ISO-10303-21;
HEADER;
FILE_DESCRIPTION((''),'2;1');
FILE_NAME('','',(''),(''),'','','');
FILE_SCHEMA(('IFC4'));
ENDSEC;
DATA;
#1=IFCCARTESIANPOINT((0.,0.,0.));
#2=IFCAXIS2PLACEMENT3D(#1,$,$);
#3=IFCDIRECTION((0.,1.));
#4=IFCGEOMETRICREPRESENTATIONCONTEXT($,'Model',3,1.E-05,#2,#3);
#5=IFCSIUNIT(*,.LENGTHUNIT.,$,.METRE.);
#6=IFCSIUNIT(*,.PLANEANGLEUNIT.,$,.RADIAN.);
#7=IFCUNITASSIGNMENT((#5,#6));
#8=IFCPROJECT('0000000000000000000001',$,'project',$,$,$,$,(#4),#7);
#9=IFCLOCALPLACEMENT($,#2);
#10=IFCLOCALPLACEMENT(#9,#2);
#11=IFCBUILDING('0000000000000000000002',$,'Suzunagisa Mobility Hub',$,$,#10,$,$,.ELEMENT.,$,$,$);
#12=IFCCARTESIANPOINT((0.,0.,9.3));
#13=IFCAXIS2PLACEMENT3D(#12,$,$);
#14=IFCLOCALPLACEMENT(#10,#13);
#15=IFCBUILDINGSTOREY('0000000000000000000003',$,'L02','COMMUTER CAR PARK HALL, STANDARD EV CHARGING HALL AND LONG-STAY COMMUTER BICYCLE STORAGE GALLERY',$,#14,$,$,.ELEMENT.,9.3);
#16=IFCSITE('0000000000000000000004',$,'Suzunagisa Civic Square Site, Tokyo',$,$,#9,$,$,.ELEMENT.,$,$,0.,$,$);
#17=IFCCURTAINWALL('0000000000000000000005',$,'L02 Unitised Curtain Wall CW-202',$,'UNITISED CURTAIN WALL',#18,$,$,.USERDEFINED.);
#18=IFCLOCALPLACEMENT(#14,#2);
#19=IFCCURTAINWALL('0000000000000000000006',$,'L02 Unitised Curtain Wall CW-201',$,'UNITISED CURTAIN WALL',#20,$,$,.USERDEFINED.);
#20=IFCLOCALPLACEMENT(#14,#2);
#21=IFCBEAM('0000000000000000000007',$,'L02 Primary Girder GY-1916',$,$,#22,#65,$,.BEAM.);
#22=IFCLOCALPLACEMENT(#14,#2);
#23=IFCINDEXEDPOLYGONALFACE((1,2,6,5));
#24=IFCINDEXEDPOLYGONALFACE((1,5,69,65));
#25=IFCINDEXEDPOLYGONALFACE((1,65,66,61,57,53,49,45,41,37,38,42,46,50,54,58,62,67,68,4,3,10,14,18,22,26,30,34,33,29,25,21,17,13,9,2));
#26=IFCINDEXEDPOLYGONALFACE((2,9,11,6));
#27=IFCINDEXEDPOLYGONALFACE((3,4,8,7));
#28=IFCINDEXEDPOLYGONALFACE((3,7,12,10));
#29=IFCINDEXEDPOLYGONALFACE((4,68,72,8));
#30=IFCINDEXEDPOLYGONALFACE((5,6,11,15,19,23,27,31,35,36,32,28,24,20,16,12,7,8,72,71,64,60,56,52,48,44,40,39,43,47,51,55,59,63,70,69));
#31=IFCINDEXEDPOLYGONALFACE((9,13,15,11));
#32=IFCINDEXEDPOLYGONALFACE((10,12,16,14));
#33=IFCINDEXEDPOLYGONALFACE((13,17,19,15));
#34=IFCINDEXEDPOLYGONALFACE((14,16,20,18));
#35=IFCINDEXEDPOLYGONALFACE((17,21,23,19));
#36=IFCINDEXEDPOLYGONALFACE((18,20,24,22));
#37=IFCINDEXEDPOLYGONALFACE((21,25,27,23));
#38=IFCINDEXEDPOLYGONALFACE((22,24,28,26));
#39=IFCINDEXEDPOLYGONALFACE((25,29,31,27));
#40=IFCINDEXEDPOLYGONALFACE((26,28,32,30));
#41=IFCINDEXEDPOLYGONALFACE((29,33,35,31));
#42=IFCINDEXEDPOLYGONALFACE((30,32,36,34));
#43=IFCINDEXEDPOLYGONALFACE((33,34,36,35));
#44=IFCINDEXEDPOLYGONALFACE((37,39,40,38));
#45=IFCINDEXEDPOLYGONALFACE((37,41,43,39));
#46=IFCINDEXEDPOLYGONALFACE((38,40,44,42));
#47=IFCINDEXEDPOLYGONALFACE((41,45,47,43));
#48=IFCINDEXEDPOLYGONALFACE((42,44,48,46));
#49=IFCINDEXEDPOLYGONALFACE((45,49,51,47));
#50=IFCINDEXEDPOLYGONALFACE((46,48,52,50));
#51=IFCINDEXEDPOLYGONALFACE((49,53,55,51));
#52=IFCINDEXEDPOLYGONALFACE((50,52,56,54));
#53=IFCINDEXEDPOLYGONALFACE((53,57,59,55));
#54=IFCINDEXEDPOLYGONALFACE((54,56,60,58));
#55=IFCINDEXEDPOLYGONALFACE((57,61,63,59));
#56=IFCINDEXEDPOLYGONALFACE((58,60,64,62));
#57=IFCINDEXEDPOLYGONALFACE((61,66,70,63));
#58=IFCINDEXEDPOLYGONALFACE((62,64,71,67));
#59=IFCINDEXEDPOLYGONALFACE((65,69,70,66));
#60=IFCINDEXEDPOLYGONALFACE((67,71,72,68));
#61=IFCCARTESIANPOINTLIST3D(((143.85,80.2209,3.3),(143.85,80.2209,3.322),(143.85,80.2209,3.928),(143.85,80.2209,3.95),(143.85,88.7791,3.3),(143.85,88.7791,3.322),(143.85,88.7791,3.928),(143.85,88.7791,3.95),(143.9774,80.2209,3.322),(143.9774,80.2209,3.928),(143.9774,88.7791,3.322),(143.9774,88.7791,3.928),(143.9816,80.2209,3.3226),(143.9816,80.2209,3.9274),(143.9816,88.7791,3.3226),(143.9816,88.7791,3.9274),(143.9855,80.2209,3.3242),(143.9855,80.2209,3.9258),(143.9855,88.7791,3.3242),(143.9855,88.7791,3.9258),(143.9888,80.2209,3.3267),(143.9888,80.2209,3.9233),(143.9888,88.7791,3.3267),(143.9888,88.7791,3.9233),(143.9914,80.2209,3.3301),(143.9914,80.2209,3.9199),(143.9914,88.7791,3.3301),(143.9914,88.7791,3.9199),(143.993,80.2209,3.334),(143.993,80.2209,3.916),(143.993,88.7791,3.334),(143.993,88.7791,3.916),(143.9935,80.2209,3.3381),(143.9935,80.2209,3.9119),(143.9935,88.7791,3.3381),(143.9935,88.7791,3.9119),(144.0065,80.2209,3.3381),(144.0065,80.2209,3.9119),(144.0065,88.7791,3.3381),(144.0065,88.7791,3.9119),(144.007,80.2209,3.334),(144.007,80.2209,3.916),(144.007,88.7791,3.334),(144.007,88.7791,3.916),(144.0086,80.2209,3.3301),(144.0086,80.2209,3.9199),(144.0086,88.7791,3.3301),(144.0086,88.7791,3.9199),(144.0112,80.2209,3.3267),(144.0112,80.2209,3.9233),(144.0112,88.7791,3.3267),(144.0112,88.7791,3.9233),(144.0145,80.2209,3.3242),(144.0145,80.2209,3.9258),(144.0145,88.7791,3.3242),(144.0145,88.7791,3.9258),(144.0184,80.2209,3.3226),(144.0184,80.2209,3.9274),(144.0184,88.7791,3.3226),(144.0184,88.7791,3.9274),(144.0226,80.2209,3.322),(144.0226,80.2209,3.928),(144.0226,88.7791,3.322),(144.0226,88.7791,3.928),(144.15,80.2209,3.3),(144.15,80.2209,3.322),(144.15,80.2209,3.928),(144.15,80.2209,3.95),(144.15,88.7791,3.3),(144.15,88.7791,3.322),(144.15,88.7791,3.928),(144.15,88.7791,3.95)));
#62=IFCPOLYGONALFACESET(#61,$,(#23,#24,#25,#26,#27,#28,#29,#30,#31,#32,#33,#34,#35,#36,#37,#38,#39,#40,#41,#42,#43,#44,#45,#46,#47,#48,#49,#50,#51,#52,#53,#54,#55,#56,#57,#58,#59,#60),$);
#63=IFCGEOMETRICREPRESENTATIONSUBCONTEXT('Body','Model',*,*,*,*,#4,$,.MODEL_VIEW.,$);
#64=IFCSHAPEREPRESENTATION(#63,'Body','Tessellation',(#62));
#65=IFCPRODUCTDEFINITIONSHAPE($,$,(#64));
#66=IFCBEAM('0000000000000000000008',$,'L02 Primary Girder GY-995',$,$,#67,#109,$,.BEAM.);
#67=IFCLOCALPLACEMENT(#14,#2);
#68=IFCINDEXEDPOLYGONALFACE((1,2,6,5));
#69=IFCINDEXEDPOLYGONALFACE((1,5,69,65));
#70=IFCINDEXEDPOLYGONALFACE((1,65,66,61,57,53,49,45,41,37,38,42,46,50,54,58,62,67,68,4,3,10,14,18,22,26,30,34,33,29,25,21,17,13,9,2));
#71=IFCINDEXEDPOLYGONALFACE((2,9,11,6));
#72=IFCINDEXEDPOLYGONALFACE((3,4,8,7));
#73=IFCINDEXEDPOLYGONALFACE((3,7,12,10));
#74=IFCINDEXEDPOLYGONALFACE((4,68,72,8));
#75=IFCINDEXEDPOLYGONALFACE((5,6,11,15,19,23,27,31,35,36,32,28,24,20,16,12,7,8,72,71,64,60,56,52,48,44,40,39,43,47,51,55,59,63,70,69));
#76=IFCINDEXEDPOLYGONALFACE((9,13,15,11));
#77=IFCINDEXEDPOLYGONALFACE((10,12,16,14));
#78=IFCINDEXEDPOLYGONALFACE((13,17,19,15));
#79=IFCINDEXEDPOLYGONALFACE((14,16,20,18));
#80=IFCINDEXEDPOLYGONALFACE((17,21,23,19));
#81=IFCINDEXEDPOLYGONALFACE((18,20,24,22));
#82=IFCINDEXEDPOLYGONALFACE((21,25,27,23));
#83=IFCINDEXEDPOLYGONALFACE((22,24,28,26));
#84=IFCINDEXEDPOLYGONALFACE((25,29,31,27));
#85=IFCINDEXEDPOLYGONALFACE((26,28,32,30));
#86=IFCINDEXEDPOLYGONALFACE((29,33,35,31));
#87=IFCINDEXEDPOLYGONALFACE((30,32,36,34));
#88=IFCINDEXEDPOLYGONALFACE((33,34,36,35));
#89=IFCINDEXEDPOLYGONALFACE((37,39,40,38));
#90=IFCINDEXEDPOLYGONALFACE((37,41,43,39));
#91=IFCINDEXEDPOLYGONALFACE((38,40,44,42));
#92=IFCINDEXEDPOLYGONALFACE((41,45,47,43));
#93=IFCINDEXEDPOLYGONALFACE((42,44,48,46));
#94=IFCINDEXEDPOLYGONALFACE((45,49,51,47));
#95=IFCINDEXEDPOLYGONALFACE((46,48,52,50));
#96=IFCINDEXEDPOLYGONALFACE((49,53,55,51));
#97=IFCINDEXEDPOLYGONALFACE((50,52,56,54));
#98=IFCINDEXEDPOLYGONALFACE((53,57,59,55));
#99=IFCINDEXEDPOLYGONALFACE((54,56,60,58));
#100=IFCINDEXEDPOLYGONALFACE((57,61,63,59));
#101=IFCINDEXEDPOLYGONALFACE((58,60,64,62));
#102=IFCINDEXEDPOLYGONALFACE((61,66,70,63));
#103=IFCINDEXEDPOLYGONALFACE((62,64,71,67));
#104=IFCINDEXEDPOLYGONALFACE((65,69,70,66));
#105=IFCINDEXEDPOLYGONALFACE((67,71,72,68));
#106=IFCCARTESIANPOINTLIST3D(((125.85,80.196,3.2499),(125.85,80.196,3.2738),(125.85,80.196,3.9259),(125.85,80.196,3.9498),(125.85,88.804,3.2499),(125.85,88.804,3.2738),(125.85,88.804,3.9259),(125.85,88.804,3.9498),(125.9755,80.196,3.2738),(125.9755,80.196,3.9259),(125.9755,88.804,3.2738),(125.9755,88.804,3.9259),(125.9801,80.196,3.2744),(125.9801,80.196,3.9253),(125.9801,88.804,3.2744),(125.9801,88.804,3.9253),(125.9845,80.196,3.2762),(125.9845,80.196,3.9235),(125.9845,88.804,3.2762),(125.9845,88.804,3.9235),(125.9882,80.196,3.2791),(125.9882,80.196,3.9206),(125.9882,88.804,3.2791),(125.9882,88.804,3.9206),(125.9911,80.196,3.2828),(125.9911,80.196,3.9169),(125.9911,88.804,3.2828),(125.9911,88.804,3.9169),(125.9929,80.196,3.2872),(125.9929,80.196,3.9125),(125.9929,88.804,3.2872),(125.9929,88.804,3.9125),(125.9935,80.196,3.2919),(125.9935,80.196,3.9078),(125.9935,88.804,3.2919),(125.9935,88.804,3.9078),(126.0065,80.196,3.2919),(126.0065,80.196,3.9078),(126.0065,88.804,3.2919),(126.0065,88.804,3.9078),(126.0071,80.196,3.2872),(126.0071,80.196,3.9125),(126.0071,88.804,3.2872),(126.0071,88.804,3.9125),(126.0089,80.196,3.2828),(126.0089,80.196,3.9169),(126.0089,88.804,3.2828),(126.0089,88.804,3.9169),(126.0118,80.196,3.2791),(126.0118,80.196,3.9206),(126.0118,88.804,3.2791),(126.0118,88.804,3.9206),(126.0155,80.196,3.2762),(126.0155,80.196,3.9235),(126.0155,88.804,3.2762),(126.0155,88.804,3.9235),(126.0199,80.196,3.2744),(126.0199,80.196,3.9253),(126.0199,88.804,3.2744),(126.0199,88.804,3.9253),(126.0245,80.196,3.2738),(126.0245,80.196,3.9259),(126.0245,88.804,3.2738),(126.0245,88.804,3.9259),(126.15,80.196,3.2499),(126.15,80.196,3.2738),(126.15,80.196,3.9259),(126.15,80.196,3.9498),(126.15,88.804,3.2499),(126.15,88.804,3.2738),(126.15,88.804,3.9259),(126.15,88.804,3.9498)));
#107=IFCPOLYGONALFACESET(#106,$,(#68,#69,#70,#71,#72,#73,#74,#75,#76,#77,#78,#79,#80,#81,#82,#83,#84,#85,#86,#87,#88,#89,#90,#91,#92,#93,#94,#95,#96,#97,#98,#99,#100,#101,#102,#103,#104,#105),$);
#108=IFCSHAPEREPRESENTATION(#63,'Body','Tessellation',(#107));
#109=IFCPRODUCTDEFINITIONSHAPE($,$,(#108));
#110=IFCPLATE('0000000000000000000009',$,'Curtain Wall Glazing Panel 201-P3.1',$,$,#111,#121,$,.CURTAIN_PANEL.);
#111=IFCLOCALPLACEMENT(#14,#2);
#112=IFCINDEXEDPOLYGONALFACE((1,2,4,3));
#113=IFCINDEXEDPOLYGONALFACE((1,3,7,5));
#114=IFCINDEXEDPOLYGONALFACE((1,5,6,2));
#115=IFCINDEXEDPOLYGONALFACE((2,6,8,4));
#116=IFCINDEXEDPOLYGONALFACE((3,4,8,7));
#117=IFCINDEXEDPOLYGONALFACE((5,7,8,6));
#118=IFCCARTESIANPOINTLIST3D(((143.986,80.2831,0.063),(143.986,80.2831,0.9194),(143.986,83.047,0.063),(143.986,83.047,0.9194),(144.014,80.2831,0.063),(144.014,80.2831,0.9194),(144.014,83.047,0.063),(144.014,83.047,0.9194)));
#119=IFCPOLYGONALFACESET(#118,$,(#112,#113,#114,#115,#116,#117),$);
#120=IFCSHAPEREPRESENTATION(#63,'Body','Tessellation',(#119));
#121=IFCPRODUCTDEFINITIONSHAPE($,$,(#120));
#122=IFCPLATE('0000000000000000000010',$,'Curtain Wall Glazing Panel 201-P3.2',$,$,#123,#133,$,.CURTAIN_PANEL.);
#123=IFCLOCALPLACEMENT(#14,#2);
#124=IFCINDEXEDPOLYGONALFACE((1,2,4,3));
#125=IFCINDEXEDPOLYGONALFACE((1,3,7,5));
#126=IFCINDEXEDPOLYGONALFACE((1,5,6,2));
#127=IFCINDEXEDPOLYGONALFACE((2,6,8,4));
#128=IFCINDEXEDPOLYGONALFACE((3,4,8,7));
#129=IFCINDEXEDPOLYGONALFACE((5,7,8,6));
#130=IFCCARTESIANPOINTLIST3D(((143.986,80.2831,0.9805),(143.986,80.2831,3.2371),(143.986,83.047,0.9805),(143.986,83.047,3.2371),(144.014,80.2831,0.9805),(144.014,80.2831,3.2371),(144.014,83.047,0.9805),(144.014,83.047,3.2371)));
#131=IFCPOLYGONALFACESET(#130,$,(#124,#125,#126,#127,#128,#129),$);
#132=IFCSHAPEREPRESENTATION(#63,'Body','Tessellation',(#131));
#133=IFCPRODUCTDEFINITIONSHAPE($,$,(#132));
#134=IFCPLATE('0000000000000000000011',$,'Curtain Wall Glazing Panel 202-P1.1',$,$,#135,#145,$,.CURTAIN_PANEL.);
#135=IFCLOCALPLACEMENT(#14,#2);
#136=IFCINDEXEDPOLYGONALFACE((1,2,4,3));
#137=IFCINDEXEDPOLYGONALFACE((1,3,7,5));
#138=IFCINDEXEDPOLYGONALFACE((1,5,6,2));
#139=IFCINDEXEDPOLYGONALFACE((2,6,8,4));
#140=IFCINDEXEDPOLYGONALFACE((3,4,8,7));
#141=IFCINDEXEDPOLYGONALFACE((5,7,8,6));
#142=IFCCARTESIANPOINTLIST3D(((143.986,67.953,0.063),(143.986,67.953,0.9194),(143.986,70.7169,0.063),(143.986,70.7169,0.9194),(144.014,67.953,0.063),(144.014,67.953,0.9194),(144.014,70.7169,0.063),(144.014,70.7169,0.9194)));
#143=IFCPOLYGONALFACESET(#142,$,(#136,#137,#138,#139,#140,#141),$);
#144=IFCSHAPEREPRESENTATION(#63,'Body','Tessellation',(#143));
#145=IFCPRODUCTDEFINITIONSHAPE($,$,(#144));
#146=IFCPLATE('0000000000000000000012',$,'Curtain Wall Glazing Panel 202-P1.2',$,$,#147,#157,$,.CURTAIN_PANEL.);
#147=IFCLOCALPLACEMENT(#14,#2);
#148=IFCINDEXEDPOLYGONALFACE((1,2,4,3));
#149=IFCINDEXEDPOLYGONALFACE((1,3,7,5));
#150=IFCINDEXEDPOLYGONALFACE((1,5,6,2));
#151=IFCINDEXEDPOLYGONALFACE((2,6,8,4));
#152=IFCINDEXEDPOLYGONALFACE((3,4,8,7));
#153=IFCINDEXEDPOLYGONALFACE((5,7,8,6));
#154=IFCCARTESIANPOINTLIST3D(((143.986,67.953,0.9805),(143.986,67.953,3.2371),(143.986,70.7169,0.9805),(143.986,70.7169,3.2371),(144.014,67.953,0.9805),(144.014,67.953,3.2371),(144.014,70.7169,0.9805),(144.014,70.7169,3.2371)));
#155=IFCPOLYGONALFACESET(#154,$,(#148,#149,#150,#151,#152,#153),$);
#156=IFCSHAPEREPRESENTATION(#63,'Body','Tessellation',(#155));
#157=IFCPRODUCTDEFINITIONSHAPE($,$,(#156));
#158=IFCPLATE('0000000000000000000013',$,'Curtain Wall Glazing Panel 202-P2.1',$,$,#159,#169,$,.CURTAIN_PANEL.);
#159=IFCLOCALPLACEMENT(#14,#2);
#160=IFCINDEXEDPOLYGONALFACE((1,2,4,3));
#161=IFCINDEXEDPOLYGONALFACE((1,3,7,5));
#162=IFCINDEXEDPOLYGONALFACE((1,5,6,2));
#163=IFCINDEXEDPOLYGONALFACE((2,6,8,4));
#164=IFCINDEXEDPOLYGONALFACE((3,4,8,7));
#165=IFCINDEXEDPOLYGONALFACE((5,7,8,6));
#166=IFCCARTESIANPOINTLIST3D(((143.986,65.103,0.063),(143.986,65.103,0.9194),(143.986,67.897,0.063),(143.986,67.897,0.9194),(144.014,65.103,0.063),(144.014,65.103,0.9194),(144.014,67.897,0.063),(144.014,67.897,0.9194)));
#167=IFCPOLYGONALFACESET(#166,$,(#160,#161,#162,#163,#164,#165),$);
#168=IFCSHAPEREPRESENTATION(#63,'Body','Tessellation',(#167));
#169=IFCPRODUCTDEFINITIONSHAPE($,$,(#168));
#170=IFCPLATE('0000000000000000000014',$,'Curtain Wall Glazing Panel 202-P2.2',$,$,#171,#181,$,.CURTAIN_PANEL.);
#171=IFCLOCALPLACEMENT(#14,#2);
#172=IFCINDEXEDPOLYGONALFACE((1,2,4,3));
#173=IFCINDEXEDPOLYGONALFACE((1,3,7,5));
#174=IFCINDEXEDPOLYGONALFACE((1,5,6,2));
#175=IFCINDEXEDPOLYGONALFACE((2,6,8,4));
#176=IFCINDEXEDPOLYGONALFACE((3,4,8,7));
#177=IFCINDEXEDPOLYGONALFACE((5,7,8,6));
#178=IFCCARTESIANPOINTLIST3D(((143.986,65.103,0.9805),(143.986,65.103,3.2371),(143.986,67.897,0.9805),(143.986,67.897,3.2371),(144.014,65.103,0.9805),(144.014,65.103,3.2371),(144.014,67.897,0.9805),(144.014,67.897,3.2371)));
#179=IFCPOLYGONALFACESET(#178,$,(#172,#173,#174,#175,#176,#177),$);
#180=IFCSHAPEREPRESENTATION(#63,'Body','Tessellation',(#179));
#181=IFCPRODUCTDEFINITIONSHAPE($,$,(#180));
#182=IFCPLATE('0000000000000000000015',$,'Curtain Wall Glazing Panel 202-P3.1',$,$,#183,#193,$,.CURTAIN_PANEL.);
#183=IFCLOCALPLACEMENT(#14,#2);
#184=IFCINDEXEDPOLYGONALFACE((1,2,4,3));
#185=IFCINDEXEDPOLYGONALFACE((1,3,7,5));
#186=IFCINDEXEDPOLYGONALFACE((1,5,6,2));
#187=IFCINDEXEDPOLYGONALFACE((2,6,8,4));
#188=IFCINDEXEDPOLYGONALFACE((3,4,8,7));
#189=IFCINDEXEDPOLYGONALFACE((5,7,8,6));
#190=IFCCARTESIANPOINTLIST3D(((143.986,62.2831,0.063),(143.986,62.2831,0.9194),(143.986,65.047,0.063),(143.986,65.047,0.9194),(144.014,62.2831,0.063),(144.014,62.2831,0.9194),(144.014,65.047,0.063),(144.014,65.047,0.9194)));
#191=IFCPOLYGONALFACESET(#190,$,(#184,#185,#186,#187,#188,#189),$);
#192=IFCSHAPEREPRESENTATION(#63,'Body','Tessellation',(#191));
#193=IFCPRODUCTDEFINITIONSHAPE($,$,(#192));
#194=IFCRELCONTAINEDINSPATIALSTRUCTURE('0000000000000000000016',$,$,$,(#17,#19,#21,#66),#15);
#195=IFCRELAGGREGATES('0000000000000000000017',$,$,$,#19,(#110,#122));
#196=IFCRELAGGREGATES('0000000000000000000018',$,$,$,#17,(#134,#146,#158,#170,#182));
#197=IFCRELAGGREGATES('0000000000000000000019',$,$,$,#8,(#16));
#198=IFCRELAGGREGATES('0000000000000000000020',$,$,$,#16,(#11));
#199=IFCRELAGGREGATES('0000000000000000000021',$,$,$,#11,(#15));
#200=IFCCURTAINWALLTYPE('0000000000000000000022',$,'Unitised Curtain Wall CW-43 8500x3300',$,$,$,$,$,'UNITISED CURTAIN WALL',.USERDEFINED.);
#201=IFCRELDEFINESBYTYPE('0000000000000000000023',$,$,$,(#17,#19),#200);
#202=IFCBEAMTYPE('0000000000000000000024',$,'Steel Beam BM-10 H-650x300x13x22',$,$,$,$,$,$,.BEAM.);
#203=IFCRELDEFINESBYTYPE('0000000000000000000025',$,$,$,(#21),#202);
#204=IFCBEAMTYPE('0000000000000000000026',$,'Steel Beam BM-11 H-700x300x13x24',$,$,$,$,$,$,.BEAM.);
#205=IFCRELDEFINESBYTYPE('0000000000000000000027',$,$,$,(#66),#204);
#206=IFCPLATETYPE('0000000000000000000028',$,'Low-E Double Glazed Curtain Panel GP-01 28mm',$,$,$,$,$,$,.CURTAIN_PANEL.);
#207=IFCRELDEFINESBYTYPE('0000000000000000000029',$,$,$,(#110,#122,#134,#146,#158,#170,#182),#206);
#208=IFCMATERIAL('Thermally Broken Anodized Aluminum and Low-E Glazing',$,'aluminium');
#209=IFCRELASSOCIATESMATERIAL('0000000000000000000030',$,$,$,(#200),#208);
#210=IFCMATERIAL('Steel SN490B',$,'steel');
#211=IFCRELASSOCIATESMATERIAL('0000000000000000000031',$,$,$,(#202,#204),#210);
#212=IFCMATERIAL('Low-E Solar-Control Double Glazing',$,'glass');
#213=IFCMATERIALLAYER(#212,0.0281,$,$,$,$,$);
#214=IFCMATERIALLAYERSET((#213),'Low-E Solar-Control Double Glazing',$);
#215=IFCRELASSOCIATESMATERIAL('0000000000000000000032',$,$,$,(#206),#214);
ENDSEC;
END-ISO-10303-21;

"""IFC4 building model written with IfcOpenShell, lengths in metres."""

from ifc_helpers import new_model, si_unit, direction, frame, origin, origin_2d, place, context, subcontext, project, spatial, rectangle, i_section, extrude, material, layer, layer_set, material_profile, profile_set, type_object, element, aggregate, save


model = new_model("IFC4")

# Units and contexts
model_context = context("Model", 3, precision=1e-05, world=origin(), true_north=direction((0.0, 1.0)))
body_context = subcontext(model_context, "Body", "Model", "MODEL_VIEW")
ifc_project = project(units=[si_unit("LENGTHUNIT", "METRE"), si_unit("PLANEANGLEUNIT", "RADIAN")], contexts=[model_context])

# Site, building, storey
site_placement = place(None, origin())
site = spatial("IfcSite", under=ifc_project, at=site_placement, Name="Suzunagisa Civic Square Site, Tokyo", CompositionType="ELEMENT", RefElevation=0.0)
building_placement = place(site_placement, origin())
building = spatial("IfcBuilding", under=site, at=building_placement, Name="Suzunagisa Mobility Hub", CompositionType="ELEMENT")
storey_placement = place(building_placement, frame((0.0, 0.0, 9.3)))
storey = spatial("IfcBuildingStorey", under=building, at=storey_placement, Name="L02", Description="COMMUTER CAR PARK HALL, STANDARD EV CHARGING HALL AND LONG-STAY COMMUTER BICYCLE STORAGE GALLERY", CompositionType="ELEMENT", Elevation=9.3)

# Shared definitions
ifc_material_1 = material(Name="Steel SN490B", Category="steel")

# Curtain wall
ifc_material_2 = material(Name="Thermally Broken Anodized Aluminum and Low-E Glazing", Category="aluminium")
curtain_wall_type = type_object("IfcCurtainWallType", Name="Unitised Curtain Wall CW-43 8500x3300", ElementType="UNITISED CURTAIN WALL", PredefinedType="USERDEFINED", material=ifc_material_2)
curtain_wall_1_placement = place(storey_placement, origin())
curtain_wall_1 = element("IfcCurtainWall", 1, at=curtain_wall_1_placement, inside=storey, type_object=curtain_wall_type, Name="L02 Unitised Curtain Wall CW-202", ObjectType="UNITISED CURTAIN WALL", PredefinedType="USERDEFINED")

# Curtain wall
curtain_wall_2_placement = place(storey_placement, origin())
curtain_wall_2 = element("IfcCurtainWall", 2, at=curtain_wall_2_placement, inside=storey, type_object=curtain_wall_type, Name="L02 Unitised Curtain Wall CW-201", ObjectType="UNITISED CURTAIN WALL", PredefinedType="USERDEFINED")

# Beams
ifc_material_profile_1 = material_profile(ifc_material_1, i_section(OverallWidth=0.3, OverallDepth=0.6499, WebThickness=0.0129, FlangeThickness=0.022, FilletRadius=0.0161, at=origin_2d()), Name="H-650x300x13x22")
ifc_profile_set_1 = profile_set([ifc_material_profile_1], Name="Steel SN490B")
beam_type_1 = type_object("IfcBeamType", Name="Steel Beam BM-10 H-650x300x13x22", PredefinedType="BEAM", material=ifc_profile_set_1)
for number, where, z_axis, x_axis, name in (
    (3, (144.0, 80.2209, 3.625), (0.0, 1.0, 0.0), (-1.0, 0.0, 0.0), "L02 Primary Girder GY-1916"),
):
    element("IfcBeam", number, at=place(storey_placement, frame(where, z_axis=z_axis, x_axis=x_axis)), inside=storey, type_object=beam_type_1, Name=name, PredefinedType="BEAM", context=body_context, shape_type="SweptSolid", body=[
        extrude(i_section(OverallWidth=0.3, OverallDepth=0.6499, WebThickness=0.0129, FlangeThickness=0.022, FilletRadius=0.0161, at=origin_2d()), origin(), (0.0, 0.0, 1.0), 8.5581),
    ])
ifc_material_profile_2 = material_profile(ifc_material_1, i_section(OverallWidth=0.3, OverallDepth=0.7, WebThickness=0.0129, FlangeThickness=0.0239, FilletRadius=0.0181, at=origin_2d()), Name="H-700x300x13x24")
ifc_profile_set_2 = profile_set([ifc_material_profile_2], Name="Steel SN490B")
beam_type_2 = type_object("IfcBeamType", Name="Steel Beam BM-11 H-700x300x13x24", PredefinedType="BEAM", material=ifc_profile_set_2)
beam_placement = place(storey_placement, frame((126.0, 80.196, 3.5999), z_axis=(0.0, 1.0, 0.0), x_axis=(-1.0, 0.0, 0.0)))
element("IfcBeam", 4, at=beam_placement, inside=storey, type_object=beam_type_2, Name="L02 Primary Girder GY-995", PredefinedType="BEAM", context=body_context, shape_type="SweptSolid", body=[
    extrude(i_section(OverallWidth=0.3, OverallDepth=0.7, WebThickness=0.0129, FlangeThickness=0.0239, FilletRadius=0.0181, at=origin_2d()), origin(), (0.0, 0.0, 1.0), 8.6079),
])

# Plates
ifc_material_3 = material(Name="Low-E Solar-Control Double Glazing", Category="glass")
ifc_layer_1 = layer(ifc_material_3, 0.0281)
ifc_layer_set_1 = layer_set([ifc_layer_1], Name="Low-E Solar-Control Double Glazing")
plate_type = type_object("IfcPlateType", Name="Low-E Double Glazed Curtain Panel GP-01 28mm", PredefinedType="CURTAIN_PANEL", material=ifc_layer_set_1)
plate_1_placement = place(storey_placement, frame((144.0, 81.665, 0.063), z_axis=(0.0, 0.0, 1.0), x_axis=(0.0, -1.0, 0.0)))
plate_1 = element("IfcPlate", 5, at=plate_1_placement, type_object=plate_type, Name="Curtain Wall Glazing Panel 201-P3.1", PredefinedType="CURTAIN_PANEL", context=body_context, shape_type="SweptSolid", body=[
    extrude(rectangle(XDim=2.7639, YDim=0.0281, at=origin_2d()), origin(), (0.0, 0.0, 1.0), 0.8564),
])
plate_2_placement = place(storey_placement, frame((144.0, 81.665, 0.9805), z_axis=(0.0, 0.0, 1.0), x_axis=(0.0, -1.0, 0.0)))
plate_2 = element("IfcPlate", 6, at=plate_2_placement, type_object=plate_type, Name="Curtain Wall Glazing Panel 201-P3.2", PredefinedType="CURTAIN_PANEL", context=body_context, shape_type="SweptSolid", body=[
    extrude(rectangle(XDim=2.7639, YDim=0.0281, at=origin_2d()), origin(), (0.0, 0.0, 1.0), 2.2566),
])
aggregate(curtain_wall_2, [plate_1, plate_2])
plate_3_placement = place(storey_placement, frame((144.0, 69.335, 0.063), z_axis=(0.0, 0.0, 1.0), x_axis=(0.0, -1.0, 0.0)))
plate_3 = element("IfcPlate", 7, at=plate_3_placement, type_object=plate_type, Name="Curtain Wall Glazing Panel 202-P1.1", PredefinedType="CURTAIN_PANEL", context=body_context, shape_type="SweptSolid", body=[
    extrude(rectangle(XDim=2.7639, YDim=0.0281, at=origin_2d()), origin(), (0.0, 0.0, 1.0), 0.8564),
])
plate_4_placement = place(storey_placement, frame((144.0, 69.335, 0.9805), z_axis=(0.0, 0.0, 1.0), x_axis=(0.0, -1.0, 0.0)))
plate_4 = element("IfcPlate", 8, at=plate_4_placement, type_object=plate_type, Name="Curtain Wall Glazing Panel 202-P1.2", PredefinedType="CURTAIN_PANEL", context=body_context, shape_type="SweptSolid", body=[
    extrude(rectangle(XDim=2.7639, YDim=0.0281, at=origin_2d()), origin(), (0.0, 0.0, 1.0), 2.2566),
])
plate_5_placement = place(storey_placement, frame((144.0, 66.5, 0.063), z_axis=(0.0, 0.0, 1.0), x_axis=(0.0, -1.0, 0.0)))
plate_5 = element("IfcPlate", 9, at=plate_5_placement, type_object=plate_type, Name="Curtain Wall Glazing Panel 202-P2.1", PredefinedType="CURTAIN_PANEL", context=body_context, shape_type="SweptSolid", body=[
    extrude(rectangle(XDim=2.7939, YDim=0.0281, at=origin_2d()), origin(), (0.0, 0.0, 1.0), 0.8564),
])
plate_6_placement = place(storey_placement, frame((144.0, 66.5, 0.9805), z_axis=(0.0, 0.0, 1.0), x_axis=(0.0, -1.0, 0.0)))
plate_6 = element("IfcPlate", 10, at=plate_6_placement, type_object=plate_type, Name="Curtain Wall Glazing Panel 202-P2.2", PredefinedType="CURTAIN_PANEL", context=body_context, shape_type="SweptSolid", body=[
    extrude(rectangle(XDim=2.7939, YDim=0.0281, at=origin_2d()), origin(), (0.0, 0.0, 1.0), 2.2566),
])
plate_7_placement = place(storey_placement, frame((144.0, 63.665, 0.063), z_axis=(0.0, 0.0, 1.0), x_axis=(0.0, -1.0, 0.0)))
plate_7 = element("IfcPlate", 11, at=plate_7_placement, type_object=plate_type, Name="Curtain Wall Glazing Panel 202-P3.1", PredefinedType="CURTAIN_PANEL", context=body_context, shape_type="SweptSolid", body=[
    extrude(rectangle(XDim=2.7639, YDim=0.0281, at=origin_2d()), origin(), (0.0, 0.0, 1.0), 0.8564),
])
aggregate(curtain_wall_1, [plate_3, plate_4, plate_5, plate_6, plate_7])

save(model, "model.ifc")
